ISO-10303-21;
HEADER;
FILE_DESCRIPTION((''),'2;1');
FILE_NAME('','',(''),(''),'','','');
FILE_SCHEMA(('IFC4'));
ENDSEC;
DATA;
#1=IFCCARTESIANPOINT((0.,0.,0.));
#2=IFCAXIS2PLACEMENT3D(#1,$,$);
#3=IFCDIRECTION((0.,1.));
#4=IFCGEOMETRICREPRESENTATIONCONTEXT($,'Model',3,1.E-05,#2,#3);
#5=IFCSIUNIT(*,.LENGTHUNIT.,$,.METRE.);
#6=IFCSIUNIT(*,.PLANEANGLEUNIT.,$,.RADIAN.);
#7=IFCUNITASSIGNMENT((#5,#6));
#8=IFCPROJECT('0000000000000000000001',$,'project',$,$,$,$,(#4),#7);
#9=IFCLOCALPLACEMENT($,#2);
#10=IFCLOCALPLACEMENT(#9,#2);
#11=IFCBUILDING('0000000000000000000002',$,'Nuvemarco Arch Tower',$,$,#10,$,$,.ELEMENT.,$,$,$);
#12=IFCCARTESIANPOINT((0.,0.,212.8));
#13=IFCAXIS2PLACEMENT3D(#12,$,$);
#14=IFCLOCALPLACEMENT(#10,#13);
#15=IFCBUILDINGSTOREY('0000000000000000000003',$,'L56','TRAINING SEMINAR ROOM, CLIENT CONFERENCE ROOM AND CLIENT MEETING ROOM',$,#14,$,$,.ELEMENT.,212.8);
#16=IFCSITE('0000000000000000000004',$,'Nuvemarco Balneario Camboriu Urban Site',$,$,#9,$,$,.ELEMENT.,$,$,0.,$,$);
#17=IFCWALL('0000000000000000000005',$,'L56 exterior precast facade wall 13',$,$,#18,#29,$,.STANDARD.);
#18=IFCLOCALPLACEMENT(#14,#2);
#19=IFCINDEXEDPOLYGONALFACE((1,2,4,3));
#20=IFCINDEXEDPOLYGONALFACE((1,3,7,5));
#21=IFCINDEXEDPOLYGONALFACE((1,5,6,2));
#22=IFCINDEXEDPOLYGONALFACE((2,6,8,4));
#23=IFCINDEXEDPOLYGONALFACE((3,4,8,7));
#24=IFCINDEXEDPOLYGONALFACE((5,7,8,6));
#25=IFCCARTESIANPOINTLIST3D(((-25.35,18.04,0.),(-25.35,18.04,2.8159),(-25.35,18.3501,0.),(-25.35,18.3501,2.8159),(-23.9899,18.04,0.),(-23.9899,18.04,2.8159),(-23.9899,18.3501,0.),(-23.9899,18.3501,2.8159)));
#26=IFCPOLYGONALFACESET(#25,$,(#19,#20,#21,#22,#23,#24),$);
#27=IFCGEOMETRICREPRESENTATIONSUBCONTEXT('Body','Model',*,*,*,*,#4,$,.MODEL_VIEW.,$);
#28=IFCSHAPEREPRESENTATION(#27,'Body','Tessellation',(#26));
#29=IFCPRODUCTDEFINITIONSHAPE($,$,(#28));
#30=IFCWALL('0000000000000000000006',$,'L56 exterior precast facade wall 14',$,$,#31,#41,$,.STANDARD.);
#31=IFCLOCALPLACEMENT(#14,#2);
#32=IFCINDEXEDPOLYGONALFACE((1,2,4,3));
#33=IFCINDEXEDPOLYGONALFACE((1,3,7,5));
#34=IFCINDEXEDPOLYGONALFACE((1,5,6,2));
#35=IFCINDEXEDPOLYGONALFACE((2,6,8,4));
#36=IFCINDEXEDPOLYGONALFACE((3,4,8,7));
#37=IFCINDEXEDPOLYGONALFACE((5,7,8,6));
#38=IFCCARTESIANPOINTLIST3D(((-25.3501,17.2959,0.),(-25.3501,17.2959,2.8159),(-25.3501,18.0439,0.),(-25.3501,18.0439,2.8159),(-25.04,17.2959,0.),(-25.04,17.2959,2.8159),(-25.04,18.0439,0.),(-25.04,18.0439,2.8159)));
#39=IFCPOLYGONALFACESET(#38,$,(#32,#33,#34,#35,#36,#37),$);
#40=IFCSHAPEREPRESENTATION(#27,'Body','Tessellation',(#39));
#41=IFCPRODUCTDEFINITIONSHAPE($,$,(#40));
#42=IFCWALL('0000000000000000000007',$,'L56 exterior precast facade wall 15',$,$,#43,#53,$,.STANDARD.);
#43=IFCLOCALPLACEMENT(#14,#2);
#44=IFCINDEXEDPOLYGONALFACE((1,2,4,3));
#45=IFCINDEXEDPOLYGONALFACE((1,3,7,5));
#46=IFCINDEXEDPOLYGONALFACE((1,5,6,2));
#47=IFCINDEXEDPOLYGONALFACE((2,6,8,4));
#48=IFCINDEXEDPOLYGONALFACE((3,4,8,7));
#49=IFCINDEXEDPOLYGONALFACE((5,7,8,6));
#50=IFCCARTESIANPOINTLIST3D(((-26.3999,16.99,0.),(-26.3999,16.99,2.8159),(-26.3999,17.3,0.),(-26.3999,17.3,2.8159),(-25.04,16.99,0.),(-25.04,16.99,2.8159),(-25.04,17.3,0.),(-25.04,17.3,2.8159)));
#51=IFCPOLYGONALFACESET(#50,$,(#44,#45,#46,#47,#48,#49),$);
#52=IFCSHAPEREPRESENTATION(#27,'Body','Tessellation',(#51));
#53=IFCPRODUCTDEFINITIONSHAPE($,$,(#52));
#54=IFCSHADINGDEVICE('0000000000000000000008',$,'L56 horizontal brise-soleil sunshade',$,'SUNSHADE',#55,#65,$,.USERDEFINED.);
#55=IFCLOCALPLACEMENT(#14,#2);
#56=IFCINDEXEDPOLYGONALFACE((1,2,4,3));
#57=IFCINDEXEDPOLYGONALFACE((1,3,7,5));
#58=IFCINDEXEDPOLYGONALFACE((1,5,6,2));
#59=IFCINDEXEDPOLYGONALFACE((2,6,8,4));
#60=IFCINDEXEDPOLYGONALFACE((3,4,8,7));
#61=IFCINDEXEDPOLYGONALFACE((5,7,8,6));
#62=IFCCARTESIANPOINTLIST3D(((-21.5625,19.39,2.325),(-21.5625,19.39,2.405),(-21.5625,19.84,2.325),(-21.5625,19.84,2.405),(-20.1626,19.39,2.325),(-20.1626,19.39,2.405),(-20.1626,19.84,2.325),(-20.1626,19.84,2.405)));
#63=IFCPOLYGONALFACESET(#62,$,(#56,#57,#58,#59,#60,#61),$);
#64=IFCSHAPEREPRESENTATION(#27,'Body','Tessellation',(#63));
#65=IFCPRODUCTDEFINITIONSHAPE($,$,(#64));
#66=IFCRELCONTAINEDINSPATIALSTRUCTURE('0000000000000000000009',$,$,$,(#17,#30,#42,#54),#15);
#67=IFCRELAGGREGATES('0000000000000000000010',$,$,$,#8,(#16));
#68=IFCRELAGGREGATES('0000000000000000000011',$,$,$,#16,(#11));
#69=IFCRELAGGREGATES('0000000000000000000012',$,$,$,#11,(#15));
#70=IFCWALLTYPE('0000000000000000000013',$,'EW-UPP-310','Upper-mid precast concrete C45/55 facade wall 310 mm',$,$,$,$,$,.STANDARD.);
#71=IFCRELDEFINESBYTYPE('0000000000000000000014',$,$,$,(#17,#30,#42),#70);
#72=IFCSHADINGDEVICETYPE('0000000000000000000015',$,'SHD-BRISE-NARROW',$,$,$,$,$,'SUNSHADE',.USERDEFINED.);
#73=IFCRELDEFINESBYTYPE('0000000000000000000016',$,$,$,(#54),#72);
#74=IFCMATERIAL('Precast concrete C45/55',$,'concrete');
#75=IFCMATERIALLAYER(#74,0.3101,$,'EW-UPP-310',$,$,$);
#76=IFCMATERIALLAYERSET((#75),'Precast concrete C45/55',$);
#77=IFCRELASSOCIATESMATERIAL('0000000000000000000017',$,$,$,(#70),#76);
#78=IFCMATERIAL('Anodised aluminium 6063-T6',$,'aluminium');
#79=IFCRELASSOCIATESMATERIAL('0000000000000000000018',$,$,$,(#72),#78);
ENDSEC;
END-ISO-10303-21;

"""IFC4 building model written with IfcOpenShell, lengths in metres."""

from ifc_helpers import new_model, si_unit, direction, frame, frame_2d, origin, origin_2d, place, context, subcontext, project, spatial, rectangle, extrude, source, transform, mapped, material, layer, layer_set, type_object, type_shapes, element, save


model = new_model("IFC4")

# Units and contexts
model_context = context("Model", 3, precision=1e-05, world=origin(), true_north=direction((0.0, 1.0)))
body_context = subcontext(model_context, "Body", "Model", "MODEL_VIEW")
ifc_project = project(units=[si_unit("LENGTHUNIT", "METRE"), si_unit("PLANEANGLEUNIT", "RADIAN")], contexts=[model_context])

# Site, building, storey
site_placement = place(None, origin())
site = spatial("IfcSite", under=ifc_project, at=site_placement, Name="Nuvemarco Balneario Camboriu Urban Site", CompositionType="ELEMENT", RefElevation=0.0)
building_placement = place(site_placement, origin())
building = spatial("IfcBuilding", under=site, at=building_placement, Name="Nuvemarco Arch Tower", CompositionType="ELEMENT")
storey_placement = place(building_placement, frame((0.0, 0.0, 212.8)))
storey = spatial("IfcBuildingStorey", under=building, at=storey_placement, Name="L56", Description="TRAINING SEMINAR ROOM, CLIENT CONFERENCE ROOM AND CLIENT MEETING ROOM", CompositionType="ELEMENT", Elevation=212.8)

# Shared definitions
ifc_material_1 = material(Name="Precast concrete C45/55", Category="concrete")
ifc_layer = layer(ifc_material_1, 0.3101, Name="EW-UPP-310")
ifc_layer_set = layer_set([ifc_layer], Name="Precast concrete C45/55")
wall_type = type_object("IfcWallType", Name="EW-UPP-310", Description="Upper-mid precast concrete C45/55 facade wall 310 mm", PredefinedType="STANDARD", material=ifc_layer_set)

# Walls
wall_1_placement = place(storey_placement, frame((-25.3501, 18.1951, 0.0), z_axis=(0.0, 0.0, 1.0), x_axis=(1.0, 0.0, 0.0)))
element("IfcWall", 1, at=wall_1_placement, inside=storey, type_object=wall_type, Name="L56 exterior precast facade wall 13", PredefinedType="STANDARD", context=body_context, shape_type="SweptSolid", body=[
    extrude(rectangle(XDim=1.3601, YDim=0.3101, at=frame_2d((0.6802, 0.0))), origin(), (0.0, 0.0, 1.0), 2.8159),
])
wall_2_placement = place(storey_placement, frame((-25.1951, 17.2959, 0.0), z_axis=(0.0, 0.0, 1.0), x_axis=(0.0, 1.0, 0.0)))
element("IfcWall", 2, at=wall_2_placement, inside=storey, type_object=wall_type, Name="L56 exterior precast facade wall 14", PredefinedType="STANDARD", context=body_context, shape_type="SweptSolid", body=[
    extrude(rectangle(XDim=0.748, YDim=0.3101, at=frame_2d((0.374, 0.0))), origin(), (0.0, 0.0, 1.0), 2.8159),
])
wall_3_placement = place(storey_placement, frame((-26.3999, 17.145, 0.0), z_axis=(0.0, 0.0, 1.0), x_axis=(1.0, 0.0, 0.0)))
element("IfcWall", 3, at=wall_3_placement, inside=storey, type_object=wall_type, Name="L56 exterior precast facade wall 15", PredefinedType="STANDARD", context=body_context, shape_type="SweptSolid", body=[
    extrude(rectangle(XDim=1.3599, YDim=0.3101, at=frame_2d((0.6799, 0.0))), origin(), (0.0, 0.0, 1.0), 2.8159),
])

# Shading device
ifc_material_2 = material(Name="Anodised aluminium 6063-T6", Category="aluminium")
shading_device_type = type_object("IfcShadingDeviceType", Name="SHD-BRISE-NARROW", ElementType="SUNSHADE", PredefinedType="USERDEFINED", material=ifc_material_2)
shared_shape_1 = source(origin(), body_context, "Body", "SweptSolid", [
    extrude(rectangle(XDim=1.3999, YDim=0.45, at=origin_2d()), origin(), (0.0, 0.0, 1.0), 0.0801),
])
type_shapes(shading_device_type, [shared_shape_1])
shading_device_placement = place(storey_placement, frame((-20.8625, 19.615, 2.325), z_axis=(0.0, 0.0, 1.0), x_axis=(1.0, 0.0, 0.0)))
element("IfcShadingDevice", 4, at=shading_device_placement, inside=storey, type_object=shading_device_type, Name="L56 horizontal brise-soleil sunshade", ObjectType="SUNSHADE", PredefinedType="USERDEFINED", context=body_context, shape_type="MappedRepresentation", body=[
    mapped(shared_shape_1, transform((0.0, 0.0, 0.0), scale=1.0)),
])

save(model, "model.ifc")
